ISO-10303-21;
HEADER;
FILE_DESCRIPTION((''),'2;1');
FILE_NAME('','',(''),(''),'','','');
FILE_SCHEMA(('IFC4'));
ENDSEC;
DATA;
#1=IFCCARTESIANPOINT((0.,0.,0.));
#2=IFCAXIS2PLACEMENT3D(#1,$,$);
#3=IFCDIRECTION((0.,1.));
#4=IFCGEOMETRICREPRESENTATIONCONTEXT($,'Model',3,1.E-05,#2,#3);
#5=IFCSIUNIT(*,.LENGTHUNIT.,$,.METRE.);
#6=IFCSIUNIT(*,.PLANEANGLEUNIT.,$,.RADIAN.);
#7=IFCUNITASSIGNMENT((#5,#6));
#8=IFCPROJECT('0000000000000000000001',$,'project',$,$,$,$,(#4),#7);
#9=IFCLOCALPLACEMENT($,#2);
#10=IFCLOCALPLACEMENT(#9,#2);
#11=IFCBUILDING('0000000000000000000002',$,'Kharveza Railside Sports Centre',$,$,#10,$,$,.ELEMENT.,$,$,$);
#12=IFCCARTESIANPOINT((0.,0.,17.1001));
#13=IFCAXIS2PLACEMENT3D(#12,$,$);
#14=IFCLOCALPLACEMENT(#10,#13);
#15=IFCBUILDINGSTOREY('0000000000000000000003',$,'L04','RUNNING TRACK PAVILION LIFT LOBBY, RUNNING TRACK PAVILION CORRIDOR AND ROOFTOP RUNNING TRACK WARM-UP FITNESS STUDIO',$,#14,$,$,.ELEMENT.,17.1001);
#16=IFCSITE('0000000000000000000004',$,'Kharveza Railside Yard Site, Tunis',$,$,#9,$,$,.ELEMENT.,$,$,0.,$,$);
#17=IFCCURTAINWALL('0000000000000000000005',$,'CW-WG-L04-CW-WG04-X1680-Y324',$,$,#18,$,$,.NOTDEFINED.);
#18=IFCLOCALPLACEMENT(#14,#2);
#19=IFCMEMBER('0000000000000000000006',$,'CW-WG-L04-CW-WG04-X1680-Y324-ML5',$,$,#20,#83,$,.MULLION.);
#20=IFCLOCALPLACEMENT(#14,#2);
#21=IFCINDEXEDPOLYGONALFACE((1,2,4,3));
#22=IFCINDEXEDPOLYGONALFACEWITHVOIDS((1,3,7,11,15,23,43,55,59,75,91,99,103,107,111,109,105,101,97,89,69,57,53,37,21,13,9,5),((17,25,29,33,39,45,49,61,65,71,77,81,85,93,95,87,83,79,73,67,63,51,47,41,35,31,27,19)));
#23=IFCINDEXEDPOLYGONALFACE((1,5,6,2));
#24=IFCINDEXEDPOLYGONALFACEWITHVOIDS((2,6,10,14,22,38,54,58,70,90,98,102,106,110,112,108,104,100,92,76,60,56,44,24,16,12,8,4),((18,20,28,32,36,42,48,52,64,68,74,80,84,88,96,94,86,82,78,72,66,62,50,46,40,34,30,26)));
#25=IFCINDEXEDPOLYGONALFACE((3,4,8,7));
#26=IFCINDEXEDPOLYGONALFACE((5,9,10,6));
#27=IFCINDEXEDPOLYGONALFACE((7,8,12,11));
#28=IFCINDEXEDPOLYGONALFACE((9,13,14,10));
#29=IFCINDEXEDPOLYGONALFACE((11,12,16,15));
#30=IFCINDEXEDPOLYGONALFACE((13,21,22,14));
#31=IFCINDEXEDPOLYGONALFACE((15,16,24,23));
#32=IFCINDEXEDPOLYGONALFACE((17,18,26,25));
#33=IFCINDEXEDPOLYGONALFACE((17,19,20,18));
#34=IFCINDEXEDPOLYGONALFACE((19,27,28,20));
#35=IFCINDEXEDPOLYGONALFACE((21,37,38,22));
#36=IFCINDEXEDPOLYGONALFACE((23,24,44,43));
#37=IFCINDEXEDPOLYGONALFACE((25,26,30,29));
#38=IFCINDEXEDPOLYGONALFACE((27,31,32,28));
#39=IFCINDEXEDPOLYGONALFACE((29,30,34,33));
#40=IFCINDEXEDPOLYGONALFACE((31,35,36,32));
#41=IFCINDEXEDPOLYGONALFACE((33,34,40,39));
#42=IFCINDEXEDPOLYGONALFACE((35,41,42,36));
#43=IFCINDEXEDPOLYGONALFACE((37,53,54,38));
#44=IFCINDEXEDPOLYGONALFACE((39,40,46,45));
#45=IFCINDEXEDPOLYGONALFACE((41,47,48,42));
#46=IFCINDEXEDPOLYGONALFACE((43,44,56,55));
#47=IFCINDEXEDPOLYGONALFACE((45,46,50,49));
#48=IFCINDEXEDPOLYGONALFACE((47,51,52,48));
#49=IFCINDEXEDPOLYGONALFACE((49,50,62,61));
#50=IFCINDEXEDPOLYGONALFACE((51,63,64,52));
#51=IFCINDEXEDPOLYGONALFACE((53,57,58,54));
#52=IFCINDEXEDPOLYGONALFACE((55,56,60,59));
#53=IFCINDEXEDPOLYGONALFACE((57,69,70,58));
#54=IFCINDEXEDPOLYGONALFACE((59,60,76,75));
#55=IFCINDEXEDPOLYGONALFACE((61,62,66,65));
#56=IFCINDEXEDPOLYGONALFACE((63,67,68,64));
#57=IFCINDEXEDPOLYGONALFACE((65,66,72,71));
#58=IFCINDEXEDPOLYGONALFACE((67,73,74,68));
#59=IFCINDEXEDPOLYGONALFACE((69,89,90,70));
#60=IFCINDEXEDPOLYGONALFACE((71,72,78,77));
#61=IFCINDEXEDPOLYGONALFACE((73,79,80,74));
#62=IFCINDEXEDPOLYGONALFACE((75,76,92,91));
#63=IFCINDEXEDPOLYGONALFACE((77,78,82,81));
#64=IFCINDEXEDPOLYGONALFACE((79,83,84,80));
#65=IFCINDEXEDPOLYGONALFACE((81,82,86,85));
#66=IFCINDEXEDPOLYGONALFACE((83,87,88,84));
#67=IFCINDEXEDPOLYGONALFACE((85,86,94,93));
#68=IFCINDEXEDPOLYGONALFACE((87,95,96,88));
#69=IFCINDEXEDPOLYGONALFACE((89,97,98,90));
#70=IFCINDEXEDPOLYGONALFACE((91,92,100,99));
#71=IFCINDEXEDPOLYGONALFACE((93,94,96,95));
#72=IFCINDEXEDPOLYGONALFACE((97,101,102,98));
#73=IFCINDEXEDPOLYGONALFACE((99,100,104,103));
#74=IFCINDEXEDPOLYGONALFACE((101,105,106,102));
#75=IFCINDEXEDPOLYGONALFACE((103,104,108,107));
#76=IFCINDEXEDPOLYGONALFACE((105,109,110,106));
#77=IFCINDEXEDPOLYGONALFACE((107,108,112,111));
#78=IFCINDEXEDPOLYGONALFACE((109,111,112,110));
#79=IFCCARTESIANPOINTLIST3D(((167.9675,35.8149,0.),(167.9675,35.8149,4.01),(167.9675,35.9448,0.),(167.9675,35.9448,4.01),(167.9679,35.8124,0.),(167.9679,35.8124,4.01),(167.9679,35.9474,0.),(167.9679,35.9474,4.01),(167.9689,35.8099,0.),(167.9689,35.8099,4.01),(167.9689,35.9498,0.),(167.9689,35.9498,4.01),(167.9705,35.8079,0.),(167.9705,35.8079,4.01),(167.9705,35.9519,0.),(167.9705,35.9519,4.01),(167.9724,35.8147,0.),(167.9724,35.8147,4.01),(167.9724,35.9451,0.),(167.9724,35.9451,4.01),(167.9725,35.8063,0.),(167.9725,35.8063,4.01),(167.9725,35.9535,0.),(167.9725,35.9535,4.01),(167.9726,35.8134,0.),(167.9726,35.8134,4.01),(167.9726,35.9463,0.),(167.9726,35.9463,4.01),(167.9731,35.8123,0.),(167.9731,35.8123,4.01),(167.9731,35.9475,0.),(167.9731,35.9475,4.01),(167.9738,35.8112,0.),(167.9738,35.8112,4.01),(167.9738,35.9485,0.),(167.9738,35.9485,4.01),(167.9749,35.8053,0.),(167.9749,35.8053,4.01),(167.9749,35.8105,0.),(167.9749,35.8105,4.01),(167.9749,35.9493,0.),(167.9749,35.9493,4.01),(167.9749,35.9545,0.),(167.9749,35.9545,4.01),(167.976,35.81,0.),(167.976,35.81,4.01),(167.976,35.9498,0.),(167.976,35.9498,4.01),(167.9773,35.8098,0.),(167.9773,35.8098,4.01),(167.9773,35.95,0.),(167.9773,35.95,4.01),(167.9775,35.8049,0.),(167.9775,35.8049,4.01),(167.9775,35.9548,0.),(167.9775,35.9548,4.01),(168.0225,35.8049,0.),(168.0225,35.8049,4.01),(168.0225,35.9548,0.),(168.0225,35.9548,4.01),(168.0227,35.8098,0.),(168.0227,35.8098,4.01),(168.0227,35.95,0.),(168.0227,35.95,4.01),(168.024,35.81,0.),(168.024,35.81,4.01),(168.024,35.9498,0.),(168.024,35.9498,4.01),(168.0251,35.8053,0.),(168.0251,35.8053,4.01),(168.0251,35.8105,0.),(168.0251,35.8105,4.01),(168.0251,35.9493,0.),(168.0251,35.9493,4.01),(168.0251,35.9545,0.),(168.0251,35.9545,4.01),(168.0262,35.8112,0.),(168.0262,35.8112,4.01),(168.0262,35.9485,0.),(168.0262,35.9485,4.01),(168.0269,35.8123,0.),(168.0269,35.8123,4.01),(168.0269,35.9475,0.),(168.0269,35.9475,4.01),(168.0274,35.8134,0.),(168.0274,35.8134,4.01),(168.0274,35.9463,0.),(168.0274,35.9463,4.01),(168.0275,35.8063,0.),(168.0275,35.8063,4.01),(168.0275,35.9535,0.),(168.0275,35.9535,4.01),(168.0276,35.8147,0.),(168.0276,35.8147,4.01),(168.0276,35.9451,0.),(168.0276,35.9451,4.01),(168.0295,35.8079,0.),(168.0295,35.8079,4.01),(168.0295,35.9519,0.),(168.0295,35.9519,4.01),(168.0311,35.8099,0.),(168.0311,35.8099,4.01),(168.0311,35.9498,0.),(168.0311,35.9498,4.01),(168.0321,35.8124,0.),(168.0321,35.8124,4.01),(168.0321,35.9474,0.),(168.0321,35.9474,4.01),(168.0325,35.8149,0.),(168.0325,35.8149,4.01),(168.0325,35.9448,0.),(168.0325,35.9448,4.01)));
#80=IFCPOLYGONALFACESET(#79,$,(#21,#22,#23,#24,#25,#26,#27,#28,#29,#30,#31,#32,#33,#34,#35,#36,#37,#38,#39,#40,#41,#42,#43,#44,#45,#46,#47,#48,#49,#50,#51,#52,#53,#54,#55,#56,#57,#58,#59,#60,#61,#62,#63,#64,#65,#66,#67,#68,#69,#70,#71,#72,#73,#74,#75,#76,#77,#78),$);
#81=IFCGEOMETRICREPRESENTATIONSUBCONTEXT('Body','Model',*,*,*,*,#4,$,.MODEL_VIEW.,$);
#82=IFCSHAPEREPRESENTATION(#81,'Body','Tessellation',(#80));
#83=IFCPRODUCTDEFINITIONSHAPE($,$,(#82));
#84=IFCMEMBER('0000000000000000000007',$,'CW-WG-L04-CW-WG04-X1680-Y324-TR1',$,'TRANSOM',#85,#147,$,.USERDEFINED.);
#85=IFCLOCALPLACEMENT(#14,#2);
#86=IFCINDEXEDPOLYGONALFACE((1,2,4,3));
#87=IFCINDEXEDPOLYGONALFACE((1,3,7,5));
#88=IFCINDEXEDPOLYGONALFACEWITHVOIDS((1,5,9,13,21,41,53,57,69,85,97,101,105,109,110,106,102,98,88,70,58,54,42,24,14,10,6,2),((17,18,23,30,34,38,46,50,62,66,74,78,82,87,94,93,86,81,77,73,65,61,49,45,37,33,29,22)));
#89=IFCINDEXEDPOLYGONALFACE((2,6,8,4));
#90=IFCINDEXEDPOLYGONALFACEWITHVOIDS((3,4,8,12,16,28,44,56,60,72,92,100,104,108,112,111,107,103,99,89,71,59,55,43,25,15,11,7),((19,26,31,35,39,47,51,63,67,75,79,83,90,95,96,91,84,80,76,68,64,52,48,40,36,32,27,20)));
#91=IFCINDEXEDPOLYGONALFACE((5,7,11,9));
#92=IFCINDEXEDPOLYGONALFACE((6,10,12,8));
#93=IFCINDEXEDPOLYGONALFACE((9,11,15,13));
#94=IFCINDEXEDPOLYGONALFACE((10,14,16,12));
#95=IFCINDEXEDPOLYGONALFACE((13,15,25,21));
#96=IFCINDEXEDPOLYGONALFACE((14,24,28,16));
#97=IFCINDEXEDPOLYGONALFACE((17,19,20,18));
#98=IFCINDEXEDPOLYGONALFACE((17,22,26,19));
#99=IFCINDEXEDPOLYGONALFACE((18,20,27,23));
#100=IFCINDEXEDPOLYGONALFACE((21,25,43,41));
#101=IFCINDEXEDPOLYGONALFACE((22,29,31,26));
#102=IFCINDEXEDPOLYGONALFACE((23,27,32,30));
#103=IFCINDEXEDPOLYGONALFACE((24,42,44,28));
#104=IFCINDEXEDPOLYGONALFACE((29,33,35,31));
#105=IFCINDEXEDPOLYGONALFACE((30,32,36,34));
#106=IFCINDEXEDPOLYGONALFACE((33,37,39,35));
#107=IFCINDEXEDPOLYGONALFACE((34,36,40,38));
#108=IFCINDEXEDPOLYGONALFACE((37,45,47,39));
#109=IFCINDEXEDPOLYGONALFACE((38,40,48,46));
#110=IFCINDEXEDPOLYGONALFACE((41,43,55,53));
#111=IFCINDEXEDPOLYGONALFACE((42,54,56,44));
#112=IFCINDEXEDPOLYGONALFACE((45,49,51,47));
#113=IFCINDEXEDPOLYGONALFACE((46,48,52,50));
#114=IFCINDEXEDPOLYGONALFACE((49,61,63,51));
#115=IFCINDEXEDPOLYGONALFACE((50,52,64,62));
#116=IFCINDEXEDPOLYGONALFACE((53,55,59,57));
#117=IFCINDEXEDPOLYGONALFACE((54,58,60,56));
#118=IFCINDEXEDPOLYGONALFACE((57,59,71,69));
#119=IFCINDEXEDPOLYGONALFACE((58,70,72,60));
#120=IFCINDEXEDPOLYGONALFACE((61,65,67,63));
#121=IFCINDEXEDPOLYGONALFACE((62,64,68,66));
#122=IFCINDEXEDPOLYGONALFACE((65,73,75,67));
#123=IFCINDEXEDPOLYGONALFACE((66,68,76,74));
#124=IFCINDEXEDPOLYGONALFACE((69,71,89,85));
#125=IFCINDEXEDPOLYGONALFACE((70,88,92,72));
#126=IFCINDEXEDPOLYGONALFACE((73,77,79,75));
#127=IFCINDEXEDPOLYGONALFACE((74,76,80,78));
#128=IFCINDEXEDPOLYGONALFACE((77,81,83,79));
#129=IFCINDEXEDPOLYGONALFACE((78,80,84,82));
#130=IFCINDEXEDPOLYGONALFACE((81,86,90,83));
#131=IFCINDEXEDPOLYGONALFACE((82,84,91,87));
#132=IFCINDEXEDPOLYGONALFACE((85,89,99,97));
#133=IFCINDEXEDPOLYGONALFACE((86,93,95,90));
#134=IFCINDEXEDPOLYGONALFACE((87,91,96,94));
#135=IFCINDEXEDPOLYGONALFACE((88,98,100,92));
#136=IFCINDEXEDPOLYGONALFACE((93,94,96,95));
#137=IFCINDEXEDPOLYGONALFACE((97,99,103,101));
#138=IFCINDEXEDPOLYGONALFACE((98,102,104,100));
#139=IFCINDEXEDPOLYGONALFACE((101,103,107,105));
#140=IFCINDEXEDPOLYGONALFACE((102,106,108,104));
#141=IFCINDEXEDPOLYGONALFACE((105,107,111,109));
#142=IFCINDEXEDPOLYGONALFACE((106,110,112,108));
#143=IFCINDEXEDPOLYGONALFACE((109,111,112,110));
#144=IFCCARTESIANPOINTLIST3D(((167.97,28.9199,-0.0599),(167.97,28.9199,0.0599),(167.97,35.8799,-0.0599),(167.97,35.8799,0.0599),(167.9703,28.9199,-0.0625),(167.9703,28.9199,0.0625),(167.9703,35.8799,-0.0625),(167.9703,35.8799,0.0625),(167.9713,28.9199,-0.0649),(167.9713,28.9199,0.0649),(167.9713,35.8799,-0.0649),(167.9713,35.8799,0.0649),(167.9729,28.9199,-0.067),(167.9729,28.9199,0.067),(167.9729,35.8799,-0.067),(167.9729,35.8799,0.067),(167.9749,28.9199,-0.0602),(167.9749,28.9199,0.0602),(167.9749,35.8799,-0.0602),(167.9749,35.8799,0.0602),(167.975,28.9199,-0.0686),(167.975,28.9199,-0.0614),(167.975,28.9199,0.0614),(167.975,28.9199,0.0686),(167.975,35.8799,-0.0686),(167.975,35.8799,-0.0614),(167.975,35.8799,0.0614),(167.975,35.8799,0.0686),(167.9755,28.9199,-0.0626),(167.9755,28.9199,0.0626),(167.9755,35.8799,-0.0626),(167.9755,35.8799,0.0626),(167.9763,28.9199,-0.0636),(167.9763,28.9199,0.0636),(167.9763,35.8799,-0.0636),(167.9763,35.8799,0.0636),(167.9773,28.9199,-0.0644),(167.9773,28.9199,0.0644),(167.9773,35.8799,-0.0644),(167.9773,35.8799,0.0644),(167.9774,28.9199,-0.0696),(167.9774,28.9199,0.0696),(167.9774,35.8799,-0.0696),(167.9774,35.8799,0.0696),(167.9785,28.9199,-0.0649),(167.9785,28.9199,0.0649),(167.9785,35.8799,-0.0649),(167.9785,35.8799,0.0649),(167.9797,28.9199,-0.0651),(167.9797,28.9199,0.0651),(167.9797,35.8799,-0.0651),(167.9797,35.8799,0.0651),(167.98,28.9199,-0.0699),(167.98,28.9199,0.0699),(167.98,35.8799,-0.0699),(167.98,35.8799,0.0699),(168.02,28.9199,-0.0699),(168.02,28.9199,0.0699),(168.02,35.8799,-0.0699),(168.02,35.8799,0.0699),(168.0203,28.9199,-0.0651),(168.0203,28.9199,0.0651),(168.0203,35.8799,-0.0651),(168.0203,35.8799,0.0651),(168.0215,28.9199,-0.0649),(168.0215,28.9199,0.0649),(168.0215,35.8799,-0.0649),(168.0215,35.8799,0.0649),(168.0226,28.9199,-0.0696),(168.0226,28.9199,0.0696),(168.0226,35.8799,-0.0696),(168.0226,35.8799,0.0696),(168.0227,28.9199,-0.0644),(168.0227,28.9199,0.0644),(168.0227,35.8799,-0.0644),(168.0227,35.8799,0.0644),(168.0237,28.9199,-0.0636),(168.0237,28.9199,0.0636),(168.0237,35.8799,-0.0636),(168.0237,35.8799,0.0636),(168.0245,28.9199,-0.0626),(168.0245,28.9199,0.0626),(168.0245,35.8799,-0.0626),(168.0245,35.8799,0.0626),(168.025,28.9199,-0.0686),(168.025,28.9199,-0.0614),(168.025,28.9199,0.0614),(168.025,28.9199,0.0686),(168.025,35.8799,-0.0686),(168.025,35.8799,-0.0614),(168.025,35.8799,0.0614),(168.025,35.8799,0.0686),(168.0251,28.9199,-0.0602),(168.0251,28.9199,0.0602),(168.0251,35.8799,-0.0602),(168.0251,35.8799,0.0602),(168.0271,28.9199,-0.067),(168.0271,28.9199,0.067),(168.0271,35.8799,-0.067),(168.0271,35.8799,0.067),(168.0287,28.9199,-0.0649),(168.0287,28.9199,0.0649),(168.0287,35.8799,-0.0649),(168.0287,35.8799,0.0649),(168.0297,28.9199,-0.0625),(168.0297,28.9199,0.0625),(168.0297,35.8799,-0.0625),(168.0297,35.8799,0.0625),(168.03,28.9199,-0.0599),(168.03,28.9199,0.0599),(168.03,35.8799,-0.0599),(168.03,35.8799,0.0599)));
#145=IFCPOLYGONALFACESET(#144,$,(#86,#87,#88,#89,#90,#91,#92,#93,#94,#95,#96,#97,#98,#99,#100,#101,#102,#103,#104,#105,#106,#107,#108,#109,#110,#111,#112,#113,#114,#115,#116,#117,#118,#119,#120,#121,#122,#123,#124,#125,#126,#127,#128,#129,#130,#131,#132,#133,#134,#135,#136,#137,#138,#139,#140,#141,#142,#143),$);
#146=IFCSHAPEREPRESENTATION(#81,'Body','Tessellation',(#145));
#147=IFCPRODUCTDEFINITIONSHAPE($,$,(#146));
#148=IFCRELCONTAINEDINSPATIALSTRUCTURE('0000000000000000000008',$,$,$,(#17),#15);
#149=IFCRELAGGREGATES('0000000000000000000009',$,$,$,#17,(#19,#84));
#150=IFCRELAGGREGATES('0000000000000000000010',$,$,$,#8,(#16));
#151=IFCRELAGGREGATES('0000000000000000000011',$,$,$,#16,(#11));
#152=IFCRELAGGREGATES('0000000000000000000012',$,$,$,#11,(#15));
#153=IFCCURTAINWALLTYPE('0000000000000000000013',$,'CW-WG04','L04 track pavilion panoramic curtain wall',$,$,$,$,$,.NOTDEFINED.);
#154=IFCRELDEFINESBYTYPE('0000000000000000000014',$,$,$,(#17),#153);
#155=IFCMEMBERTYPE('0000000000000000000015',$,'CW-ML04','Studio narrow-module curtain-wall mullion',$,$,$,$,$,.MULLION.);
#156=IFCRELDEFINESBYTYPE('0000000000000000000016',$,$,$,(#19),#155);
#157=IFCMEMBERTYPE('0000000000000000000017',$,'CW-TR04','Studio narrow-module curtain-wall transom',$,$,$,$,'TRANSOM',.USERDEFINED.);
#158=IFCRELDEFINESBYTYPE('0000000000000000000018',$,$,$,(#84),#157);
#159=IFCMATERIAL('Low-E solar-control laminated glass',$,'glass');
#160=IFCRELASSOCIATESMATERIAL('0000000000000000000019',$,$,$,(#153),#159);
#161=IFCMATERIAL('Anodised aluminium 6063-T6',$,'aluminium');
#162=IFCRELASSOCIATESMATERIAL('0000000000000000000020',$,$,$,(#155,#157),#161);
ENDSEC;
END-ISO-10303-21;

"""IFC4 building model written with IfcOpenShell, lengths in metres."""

from ifc_helpers import new_model, si_unit, direction, frame, origin, origin_2d, place, context, subcontext, project, spatial, hollow_rectangle, extrude, material, material_profile, profile_set, type_object, element, aggregate, save


model = new_model("IFC4")

# Units and contexts
model_context = context("Model", 3, precision=1e-05, world=origin(), true_north=direction((0.0, 1.0)))
body_context = subcontext(model_context, "Body", "Model", "MODEL_VIEW")
ifc_project = project(units=[si_unit("LENGTHUNIT", "METRE"), si_unit("PLANEANGLEUNIT", "RADIAN")], contexts=[model_context])

# Site, building, storey
site_placement = place(None, origin())
site = spatial("IfcSite", under=ifc_project, at=site_placement, Name="Kharveza Railside Yard Site, Tunis", CompositionType="ELEMENT", RefElevation=0.0)
building_placement = place(site_placement, origin())
building = spatial("IfcBuilding", under=site, at=building_placement, Name="Kharveza Railside Sports Centre", CompositionType="ELEMENT")
storey_placement = place(building_placement, frame((0.0, 0.0, 17.1001)))
storey = spatial("IfcBuildingStorey", under=building, at=storey_placement, Name="L04", Description="RUNNING TRACK PAVILION LIFT LOBBY, RUNNING TRACK PAVILION CORRIDOR AND ROOFTOP RUNNING TRACK WARM-UP FITNESS STUDIO", CompositionType="ELEMENT", Elevation=17.1001)

# Curtain wall, members
ifc_material_1 = material(Name="Low-E solar-control laminated glass", Category="glass")
curtain_wall_type = type_object("IfcCurtainWallType", Name="CW-WG04", Description="L04 track pavilion panoramic curtain wall", PredefinedType="NOTDEFINED", material=ifc_material_1)
curtain_wall_placement = place(storey_placement, origin())
curtain_wall = element("IfcCurtainWall", 1, at=curtain_wall_placement, inside=storey, type_object=curtain_wall_type, Name="CW-WG-L04-CW-WG04-X1680-Y324", PredefinedType="NOTDEFINED")
ifc_material_2 = material(Name="Anodised aluminium 6063-T6", Category="aluminium")
ifc_material_profile_1 = material_profile(ifc_material_2, hollow_rectangle(XDim=0.0649, YDim=0.1499, WallThickness=0.0049, InnerFilletRadius=0.0049, OuterFilletRadius=0.01, at=origin_2d()), Name="RHS 65x150x5.0")
ifc_profile_set_1 = profile_set([ifc_material_profile_1], Name="Anodised aluminium 6063-T6")
member_type_1 = type_object("IfcMemberType", Name="CW-ML04", Description="Studio narrow-module curtain-wall mullion", PredefinedType="MULLION", material=ifc_profile_set_1)
member_1_placement = place(storey_placement, frame((168.0, 35.8799, 0.0), z_axis=(0.0, 0.0, 1.0), x_axis=(1.0, 0.0, 0.0)))
member_1 = element("IfcMember", 2, at=member_1_placement, type_object=member_type_1, Name="CW-WG-L04-CW-WG04-X1680-Y324-ML5", PredefinedType="MULLION", context=body_context, shape_type="SweptSolid", body=[
    extrude(hollow_rectangle(XDim=0.0649, YDim=0.1499, WallThickness=0.0049, InnerFilletRadius=0.0049, OuterFilletRadius=0.01, at=origin_2d()), origin(), (0.0, 0.0, 1.0), 4.01),
])
ifc_material_profile_2 = material_profile(ifc_material_2, hollow_rectangle(XDim=0.0601, YDim=0.1399, WallThickness=0.0049, InnerFilletRadius=0.0049, OuterFilletRadius=0.01, at=origin_2d()), Name="RHS 60x140x5.0")
ifc_profile_set_2 = profile_set([ifc_material_profile_2], Name="Anodised aluminium 6063-T6")
member_type_2 = type_object("IfcMemberType", Name="CW-TR04", Description="Studio narrow-module curtain-wall transom", ElementType="TRANSOM", PredefinedType="USERDEFINED", material=ifc_profile_set_2)
member_2_placement = place(storey_placement, frame((168.0, 28.9199, 0.0), z_axis=(0.0, 1.0, 0.0), x_axis=(-1.0, 0.0, 0.0)))
member_2 = element("IfcMember", 3, at=member_2_placement, type_object=member_type_2, Name="CW-WG-L04-CW-WG04-X1680-Y324-TR1", ObjectType="TRANSOM", PredefinedType="USERDEFINED", context=body_context, shape_type="SweptSolid", body=[
    extrude(hollow_rectangle(XDim=0.0601, YDim=0.1399, WallThickness=0.0049, InnerFilletRadius=0.0049, OuterFilletRadius=0.01, at=origin_2d()), origin(), (0.0, 0.0, 1.0), 6.96),
])
aggregate(curtain_wall, [member_1, member_2])

save(model, "model.ifc")
